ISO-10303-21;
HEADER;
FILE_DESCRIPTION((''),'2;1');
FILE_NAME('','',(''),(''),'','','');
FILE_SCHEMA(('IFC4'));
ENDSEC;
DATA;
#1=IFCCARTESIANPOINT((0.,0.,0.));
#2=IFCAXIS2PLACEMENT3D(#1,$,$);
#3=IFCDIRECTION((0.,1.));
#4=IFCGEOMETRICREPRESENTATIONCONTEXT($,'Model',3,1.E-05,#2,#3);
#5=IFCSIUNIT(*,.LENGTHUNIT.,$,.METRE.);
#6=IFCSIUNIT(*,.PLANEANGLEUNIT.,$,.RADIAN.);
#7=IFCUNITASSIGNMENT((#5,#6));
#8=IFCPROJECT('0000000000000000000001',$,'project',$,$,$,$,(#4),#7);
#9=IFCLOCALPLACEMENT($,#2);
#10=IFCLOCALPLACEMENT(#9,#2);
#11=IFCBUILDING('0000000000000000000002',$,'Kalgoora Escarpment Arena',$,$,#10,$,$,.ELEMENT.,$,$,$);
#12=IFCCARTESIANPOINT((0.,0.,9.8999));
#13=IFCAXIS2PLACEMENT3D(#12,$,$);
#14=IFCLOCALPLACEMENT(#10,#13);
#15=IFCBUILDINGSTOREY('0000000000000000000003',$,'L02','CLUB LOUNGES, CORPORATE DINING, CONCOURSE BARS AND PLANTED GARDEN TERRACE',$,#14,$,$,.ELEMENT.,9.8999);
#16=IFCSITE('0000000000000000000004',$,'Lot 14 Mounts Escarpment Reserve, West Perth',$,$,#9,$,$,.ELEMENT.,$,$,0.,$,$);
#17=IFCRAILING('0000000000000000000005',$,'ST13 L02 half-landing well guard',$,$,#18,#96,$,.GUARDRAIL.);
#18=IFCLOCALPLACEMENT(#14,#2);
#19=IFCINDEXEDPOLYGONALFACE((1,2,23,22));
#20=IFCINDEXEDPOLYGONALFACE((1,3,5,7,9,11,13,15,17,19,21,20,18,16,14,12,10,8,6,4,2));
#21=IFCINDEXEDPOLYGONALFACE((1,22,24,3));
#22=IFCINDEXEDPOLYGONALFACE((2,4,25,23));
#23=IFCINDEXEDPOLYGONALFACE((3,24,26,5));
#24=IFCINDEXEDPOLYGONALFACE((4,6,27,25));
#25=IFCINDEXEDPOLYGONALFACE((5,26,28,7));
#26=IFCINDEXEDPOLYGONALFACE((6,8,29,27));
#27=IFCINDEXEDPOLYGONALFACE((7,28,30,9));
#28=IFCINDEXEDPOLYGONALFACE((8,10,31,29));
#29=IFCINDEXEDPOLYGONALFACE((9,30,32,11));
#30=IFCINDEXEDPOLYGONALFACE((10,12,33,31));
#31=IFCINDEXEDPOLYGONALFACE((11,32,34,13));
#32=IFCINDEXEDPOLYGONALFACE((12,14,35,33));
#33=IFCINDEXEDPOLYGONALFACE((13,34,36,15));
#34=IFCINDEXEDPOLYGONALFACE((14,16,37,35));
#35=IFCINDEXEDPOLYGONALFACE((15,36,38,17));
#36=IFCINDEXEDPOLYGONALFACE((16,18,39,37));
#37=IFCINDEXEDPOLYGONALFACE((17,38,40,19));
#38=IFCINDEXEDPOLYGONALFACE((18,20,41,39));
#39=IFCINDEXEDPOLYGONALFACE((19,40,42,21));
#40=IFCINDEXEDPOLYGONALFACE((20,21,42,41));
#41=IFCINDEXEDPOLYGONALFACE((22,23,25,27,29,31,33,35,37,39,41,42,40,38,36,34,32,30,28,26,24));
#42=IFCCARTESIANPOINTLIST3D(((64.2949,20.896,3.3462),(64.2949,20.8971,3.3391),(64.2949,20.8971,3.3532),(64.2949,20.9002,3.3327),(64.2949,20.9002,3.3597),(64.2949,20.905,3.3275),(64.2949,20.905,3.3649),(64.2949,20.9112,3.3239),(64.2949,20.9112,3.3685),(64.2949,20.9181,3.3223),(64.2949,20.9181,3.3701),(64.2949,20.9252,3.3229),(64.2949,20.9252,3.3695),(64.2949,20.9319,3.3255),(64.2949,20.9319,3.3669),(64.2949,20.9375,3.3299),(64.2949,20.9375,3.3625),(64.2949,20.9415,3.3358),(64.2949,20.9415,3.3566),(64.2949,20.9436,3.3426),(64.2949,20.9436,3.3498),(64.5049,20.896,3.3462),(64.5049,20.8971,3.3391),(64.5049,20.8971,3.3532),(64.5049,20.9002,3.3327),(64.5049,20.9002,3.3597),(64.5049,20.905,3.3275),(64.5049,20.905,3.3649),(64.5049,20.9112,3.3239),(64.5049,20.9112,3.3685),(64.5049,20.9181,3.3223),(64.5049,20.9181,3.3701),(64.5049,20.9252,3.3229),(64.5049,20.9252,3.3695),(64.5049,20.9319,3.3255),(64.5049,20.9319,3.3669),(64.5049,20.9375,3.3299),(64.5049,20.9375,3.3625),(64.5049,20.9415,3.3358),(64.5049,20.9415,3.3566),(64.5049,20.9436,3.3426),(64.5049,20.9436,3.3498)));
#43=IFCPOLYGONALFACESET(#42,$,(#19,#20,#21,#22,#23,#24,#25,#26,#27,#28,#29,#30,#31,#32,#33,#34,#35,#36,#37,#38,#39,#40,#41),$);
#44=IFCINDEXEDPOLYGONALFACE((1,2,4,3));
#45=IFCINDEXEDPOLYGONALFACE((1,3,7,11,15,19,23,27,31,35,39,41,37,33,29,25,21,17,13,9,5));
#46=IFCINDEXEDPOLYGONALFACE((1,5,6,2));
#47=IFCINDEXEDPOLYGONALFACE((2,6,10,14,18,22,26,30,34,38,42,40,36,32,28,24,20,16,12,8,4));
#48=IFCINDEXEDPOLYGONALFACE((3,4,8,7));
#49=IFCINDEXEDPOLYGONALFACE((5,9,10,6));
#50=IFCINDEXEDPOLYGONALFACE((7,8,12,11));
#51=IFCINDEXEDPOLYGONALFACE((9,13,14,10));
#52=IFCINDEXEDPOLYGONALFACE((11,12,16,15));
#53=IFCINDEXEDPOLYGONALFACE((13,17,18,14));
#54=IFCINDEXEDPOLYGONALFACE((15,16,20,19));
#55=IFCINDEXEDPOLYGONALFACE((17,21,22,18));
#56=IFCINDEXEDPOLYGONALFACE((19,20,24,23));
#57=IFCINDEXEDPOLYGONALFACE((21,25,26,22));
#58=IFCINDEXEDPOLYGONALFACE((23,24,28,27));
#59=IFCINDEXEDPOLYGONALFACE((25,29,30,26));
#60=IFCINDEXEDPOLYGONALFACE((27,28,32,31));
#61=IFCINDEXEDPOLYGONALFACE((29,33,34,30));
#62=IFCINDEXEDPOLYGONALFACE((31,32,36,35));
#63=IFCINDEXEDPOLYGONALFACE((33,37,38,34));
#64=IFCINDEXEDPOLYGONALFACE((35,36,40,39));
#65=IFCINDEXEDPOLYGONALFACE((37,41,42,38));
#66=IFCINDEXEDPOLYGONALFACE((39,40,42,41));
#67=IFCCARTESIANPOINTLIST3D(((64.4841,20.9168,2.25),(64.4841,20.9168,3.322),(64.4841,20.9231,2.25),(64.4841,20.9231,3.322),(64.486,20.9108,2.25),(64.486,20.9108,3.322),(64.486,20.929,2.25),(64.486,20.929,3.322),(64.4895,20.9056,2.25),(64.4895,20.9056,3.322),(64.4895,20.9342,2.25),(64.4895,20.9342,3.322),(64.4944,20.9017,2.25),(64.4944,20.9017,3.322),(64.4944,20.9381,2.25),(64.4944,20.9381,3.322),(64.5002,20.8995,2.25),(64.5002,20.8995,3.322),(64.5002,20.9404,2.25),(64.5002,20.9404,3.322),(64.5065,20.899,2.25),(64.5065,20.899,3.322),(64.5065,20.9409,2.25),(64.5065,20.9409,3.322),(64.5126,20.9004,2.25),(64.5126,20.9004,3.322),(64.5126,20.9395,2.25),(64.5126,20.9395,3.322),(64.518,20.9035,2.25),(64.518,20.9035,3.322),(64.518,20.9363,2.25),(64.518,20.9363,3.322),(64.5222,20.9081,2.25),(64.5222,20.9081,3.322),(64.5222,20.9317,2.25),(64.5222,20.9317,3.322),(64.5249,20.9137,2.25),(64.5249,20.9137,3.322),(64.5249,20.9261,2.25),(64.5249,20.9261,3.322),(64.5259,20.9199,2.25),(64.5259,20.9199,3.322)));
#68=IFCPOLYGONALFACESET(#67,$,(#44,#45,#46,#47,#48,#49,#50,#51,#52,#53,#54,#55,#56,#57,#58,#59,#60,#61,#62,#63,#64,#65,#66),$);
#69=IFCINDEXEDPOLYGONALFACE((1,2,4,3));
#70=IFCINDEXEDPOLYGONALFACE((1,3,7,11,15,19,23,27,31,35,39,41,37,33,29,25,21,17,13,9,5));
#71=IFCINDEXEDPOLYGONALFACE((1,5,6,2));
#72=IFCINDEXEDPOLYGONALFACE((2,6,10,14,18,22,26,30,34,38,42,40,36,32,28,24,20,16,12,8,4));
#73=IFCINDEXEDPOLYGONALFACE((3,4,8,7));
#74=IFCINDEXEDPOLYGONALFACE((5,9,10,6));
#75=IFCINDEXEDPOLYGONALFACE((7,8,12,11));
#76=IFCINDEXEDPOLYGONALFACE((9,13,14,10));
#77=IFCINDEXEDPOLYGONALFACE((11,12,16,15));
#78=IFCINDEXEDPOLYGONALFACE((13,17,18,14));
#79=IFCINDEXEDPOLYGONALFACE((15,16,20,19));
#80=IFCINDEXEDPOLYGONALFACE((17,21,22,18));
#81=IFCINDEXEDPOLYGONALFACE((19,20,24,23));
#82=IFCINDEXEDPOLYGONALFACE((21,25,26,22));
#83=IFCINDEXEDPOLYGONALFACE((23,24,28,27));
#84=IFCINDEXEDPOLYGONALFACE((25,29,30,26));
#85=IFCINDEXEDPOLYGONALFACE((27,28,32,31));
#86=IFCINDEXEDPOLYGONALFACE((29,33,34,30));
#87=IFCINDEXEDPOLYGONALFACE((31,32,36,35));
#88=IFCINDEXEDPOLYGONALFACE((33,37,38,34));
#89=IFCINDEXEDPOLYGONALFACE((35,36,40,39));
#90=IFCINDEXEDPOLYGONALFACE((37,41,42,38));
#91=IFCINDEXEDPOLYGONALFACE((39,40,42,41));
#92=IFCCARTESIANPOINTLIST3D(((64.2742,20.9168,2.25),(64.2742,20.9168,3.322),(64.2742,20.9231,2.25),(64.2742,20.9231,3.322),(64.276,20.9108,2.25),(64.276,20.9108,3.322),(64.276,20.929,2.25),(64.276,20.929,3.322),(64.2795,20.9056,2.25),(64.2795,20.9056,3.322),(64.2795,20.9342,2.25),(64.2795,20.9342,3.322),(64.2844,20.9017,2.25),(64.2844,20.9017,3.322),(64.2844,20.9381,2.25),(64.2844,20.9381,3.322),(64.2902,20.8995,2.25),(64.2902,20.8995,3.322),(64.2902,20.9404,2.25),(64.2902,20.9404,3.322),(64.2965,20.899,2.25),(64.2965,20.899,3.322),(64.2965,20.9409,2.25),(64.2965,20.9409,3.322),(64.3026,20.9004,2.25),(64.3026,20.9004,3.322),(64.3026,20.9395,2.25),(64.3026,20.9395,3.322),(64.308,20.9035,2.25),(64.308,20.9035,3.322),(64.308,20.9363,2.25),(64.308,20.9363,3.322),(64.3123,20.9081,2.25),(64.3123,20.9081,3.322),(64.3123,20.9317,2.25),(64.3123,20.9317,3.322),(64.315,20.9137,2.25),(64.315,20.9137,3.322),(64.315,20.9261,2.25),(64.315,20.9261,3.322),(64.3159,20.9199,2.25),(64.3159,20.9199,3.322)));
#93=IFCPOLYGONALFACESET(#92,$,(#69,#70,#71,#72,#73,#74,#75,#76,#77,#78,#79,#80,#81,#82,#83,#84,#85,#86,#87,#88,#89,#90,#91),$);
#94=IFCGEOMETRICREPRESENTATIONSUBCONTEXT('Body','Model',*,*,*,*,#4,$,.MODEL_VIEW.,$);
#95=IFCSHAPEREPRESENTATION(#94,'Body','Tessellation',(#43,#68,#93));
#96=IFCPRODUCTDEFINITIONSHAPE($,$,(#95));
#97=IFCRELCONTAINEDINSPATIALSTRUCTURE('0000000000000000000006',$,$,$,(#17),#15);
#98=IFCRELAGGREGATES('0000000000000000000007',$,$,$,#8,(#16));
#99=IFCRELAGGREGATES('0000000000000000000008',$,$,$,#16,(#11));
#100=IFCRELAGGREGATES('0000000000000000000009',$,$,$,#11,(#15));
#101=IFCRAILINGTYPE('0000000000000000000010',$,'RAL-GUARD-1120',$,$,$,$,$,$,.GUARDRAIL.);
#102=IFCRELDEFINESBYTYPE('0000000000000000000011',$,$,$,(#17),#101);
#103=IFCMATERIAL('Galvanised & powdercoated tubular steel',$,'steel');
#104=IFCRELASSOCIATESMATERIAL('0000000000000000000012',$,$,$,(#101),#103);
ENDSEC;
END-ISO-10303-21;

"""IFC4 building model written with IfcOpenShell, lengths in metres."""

from ifc_helpers import new_model, si_unit, direction, frame, origin, origin_2d, place, context, subcontext, project, spatial, circle, extrude, material, type_object, element, save


model = new_model("IFC4")

# Units and contexts
model_context = context("Model", 3, precision=1e-05, world=origin(), true_north=direction((0.0, 1.0)))
body_context = subcontext(model_context, "Body", "Model", "MODEL_VIEW")
ifc_project = project(units=[si_unit("LENGTHUNIT", "METRE"), si_unit("PLANEANGLEUNIT", "RADIAN")], contexts=[model_context])

# Site, building, storey
site_placement = place(None, origin())
site = spatial("IfcSite", under=ifc_project, at=site_placement, Name="Lot 14 Mounts Escarpment Reserve, West Perth", CompositionType="ELEMENT", RefElevation=0.0)
building_placement = place(site_placement, origin())
building = spatial("IfcBuilding", under=site, at=building_placement, Name="Kalgoora Escarpment Arena", CompositionType="ELEMENT")
storey_placement = place(building_placement, frame((0.0, 0.0, 9.8999)))
storey = spatial("IfcBuildingStorey", under=building, at=storey_placement, Name="L02", Description="CLUB LOUNGES, CORPORATE DINING, CONCOURSE BARS AND PLANTED GARDEN TERRACE", CompositionType="ELEMENT", Elevation=9.8999)

# Railing
ifc_material_1 = material(Name="Galvanised & powdercoated tubular steel", Category="steel")
railing_type_1 = type_object("IfcRailingType", Name="RAL-GUARD-1120", PredefinedType="GUARDRAIL", material=ifc_material_1)
railing_1_placement = place(storey_placement, frame((64.5049, 20.9199, 2.25)))
element("IfcRailing", 1, at=railing_1_placement, inside=storey, type_object=railing_type_1, Name="ST13 L02 half-landing well guard", PredefinedType="GUARDRAIL", context=body_context, shape_type="SweptSolid", body=[
    extrude(circle(Radius=0.0239, at=origin_2d()), frame((0.0, 0.0, 1.0962), z_axis=(-1.0, 0.0, 0.0), x_axis=(0.0, -1.0, 0.0)), (0.0, 0.0, 1.0), 0.21),
    extrude(circle(Radius=0.021, at=origin_2d()), origin(), (0.0, 0.0, 1.0), 1.072),
    extrude(circle(Radius=0.021, at=origin_2d()), frame((-0.21, 0.0, 0.0)), (0.0, 0.0, 1.0), 1.072),
])

save(model, "model.ifc")
